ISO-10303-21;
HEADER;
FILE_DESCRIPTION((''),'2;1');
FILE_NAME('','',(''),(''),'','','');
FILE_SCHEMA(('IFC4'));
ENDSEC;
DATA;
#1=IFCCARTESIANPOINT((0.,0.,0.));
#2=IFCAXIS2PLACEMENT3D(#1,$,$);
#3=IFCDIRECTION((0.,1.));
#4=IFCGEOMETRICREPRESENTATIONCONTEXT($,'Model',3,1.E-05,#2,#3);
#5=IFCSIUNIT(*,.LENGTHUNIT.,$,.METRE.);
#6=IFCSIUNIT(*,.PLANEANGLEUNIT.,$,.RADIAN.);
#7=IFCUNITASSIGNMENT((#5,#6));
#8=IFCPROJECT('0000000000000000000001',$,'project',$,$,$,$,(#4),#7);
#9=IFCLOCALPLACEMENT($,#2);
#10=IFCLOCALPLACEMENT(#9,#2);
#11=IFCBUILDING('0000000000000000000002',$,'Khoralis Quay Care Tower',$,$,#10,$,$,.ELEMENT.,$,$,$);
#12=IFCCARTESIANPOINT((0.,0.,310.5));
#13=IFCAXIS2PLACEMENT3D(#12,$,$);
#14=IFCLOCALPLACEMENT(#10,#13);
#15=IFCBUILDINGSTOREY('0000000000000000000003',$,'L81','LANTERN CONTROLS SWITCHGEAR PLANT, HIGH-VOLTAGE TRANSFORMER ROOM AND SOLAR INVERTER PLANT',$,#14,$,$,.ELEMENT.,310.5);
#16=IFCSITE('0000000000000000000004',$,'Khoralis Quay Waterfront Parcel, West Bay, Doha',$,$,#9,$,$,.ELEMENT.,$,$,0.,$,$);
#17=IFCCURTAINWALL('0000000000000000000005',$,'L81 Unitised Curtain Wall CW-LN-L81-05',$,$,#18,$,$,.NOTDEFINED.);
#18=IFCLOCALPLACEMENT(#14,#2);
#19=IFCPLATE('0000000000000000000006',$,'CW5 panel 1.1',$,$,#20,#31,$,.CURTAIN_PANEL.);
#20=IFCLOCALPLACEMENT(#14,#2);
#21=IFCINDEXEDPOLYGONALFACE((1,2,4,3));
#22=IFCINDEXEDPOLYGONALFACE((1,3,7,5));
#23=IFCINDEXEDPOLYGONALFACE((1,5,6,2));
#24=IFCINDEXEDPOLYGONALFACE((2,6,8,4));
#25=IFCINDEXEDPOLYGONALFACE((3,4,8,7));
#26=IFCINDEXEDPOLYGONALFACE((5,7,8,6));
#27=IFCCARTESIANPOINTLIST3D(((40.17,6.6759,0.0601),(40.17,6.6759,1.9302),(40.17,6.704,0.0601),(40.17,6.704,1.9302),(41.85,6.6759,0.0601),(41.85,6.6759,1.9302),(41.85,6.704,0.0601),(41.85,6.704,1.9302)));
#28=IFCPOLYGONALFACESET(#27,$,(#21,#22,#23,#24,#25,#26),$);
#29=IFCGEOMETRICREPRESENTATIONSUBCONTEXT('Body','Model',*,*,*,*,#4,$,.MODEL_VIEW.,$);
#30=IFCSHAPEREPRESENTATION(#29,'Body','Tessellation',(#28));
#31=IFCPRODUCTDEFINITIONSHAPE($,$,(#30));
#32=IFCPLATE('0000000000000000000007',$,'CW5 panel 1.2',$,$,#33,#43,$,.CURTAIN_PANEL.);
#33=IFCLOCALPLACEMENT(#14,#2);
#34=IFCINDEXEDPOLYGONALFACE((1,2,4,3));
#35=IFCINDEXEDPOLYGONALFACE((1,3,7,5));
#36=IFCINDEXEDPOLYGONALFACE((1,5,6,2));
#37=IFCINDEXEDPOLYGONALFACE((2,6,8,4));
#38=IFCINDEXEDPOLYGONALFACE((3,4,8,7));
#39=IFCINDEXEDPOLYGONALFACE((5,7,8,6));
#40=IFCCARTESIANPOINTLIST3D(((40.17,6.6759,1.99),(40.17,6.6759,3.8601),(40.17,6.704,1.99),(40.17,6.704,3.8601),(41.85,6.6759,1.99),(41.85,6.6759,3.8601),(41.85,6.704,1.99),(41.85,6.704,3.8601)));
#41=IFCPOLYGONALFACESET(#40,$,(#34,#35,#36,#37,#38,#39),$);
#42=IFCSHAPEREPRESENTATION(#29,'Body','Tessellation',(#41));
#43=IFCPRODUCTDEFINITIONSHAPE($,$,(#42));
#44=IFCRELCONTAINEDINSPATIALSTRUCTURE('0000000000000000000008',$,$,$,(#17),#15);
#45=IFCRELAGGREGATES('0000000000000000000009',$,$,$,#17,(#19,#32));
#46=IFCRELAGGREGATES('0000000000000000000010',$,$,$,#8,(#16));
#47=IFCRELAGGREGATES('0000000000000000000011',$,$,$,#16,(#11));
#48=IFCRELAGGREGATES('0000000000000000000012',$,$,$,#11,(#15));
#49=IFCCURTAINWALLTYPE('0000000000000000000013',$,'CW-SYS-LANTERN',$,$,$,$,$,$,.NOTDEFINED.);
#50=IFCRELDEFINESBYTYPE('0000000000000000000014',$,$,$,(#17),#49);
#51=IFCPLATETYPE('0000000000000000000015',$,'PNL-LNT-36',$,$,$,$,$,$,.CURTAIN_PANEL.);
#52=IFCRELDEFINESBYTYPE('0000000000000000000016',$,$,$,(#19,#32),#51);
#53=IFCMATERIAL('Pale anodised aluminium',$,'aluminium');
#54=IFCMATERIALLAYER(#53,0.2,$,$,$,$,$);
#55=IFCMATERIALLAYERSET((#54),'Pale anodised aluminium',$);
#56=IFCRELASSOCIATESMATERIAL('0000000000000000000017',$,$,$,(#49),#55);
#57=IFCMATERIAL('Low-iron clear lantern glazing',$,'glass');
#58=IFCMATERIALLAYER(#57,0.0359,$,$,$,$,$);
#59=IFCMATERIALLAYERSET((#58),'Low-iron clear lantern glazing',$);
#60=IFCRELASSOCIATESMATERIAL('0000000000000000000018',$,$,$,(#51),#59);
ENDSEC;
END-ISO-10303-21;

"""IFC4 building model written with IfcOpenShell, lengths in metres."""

from ifc_helpers import new_model, si_unit, direction, frame, origin, origin_2d, place, context, subcontext, project, spatial, rectangle, extrude, source, transform, mapped, material, layer, layer_set, type_object, element, aggregate, save


model = new_model("IFC4")

# Units and contexts
model_context = context("Model", 3, precision=1e-05, world=origin(), true_north=direction((0.0, 1.0)))
body_context = subcontext(model_context, "Body", "Model", "MODEL_VIEW")
ifc_project = project(units=[si_unit("LENGTHUNIT", "METRE"), si_unit("PLANEANGLEUNIT", "RADIAN")], contexts=[model_context])

# Site, building, storey
site_placement = place(None, origin())
site = spatial("IfcSite", under=ifc_project, at=site_placement, Name="Khoralis Quay Waterfront Parcel, West Bay, Doha", CompositionType="ELEMENT", RefElevation=0.0)
building_placement = place(site_placement, origin())
building = spatial("IfcBuilding", under=site, at=building_placement, Name="Khoralis Quay Care Tower", CompositionType="ELEMENT")
storey_placement = place(building_placement, frame((0.0, 0.0, 310.5)))
storey = spatial("IfcBuildingStorey", under=building, at=storey_placement, Name="L81", Description="LANTERN CONTROLS SWITCHGEAR PLANT, HIGH-VOLTAGE TRANSFORMER ROOM AND SOLAR INVERTER PLANT", CompositionType="ELEMENT", Elevation=310.5)

# Curtain wall
ifc_material_1 = material(Name="Pale anodised aluminium", Category="aluminium")
ifc_layer_1 = layer(ifc_material_1, 0.2)
ifc_layer_set_1 = layer_set([ifc_layer_1], Name="Pale anodised aluminium")
curtain_wall_type = type_object("IfcCurtainWallType", Name="CW-SYS-LANTERN", PredefinedType="NOTDEFINED", material=ifc_layer_set_1)
curtain_wall_1_placement = place(storey_placement, origin())
curtain_wall_1 = element("IfcCurtainWall", 1, at=curtain_wall_1_placement, inside=storey, type_object=curtain_wall_type, Name="L81 Unitised Curtain Wall CW-LN-L81-05", PredefinedType="NOTDEFINED")

# Plates
ifc_material_2 = material(Name="Low-iron clear lantern glazing", Category="glass")
ifc_layer_2 = layer(ifc_material_2, 0.0359)
ifc_layer_set_2 = layer_set([ifc_layer_2], Name="Low-iron clear lantern glazing")
plate_type = type_object("IfcPlateType", Name="PNL-LNT-36", PredefinedType="CURTAIN_PANEL", material=ifc_layer_set_2)
shared_shape_1 = source(origin(), body_context, "Body", "SweptSolid", [
    extrude(rectangle(XDim=1.6799, YDim=0.0281, at=origin_2d()), origin(), (0.0, 0.0, 1.0), 1.8701),
])
plate_1_placement = place(storey_placement, frame((41.01, 6.6899, 0.0601), z_axis=(0.0, 0.0, 1.0), x_axis=(1.0, 0.0, 0.0)))
plate_1 = element("IfcPlate", 2, at=plate_1_placement, type_object=plate_type, Name="CW5 panel 1.1", PredefinedType="CURTAIN_PANEL", context=body_context, shape_type="MappedRepresentation", body=[
    mapped(shared_shape_1, transform((0.0, 0.0, 0.0), scale=1.0)),
])
plate_2_placement = place(storey_placement, frame((41.01, 6.6899, 1.99), z_axis=(0.0, 0.0, 1.0), x_axis=(1.0, 0.0, 0.0)))
plate_2 = element("IfcPlate", 3, at=plate_2_placement, type_object=plate_type, Name="CW5 panel 1.2", PredefinedType="CURTAIN_PANEL", context=body_context, shape_type="MappedRepresentation", body=[
    mapped(shared_shape_1, transform((0.0, 0.0, 0.0), scale=1.0)),
])
aggregate(curtain_wall_1, [plate_1, plate_2])

save(model, "model.ifc")
